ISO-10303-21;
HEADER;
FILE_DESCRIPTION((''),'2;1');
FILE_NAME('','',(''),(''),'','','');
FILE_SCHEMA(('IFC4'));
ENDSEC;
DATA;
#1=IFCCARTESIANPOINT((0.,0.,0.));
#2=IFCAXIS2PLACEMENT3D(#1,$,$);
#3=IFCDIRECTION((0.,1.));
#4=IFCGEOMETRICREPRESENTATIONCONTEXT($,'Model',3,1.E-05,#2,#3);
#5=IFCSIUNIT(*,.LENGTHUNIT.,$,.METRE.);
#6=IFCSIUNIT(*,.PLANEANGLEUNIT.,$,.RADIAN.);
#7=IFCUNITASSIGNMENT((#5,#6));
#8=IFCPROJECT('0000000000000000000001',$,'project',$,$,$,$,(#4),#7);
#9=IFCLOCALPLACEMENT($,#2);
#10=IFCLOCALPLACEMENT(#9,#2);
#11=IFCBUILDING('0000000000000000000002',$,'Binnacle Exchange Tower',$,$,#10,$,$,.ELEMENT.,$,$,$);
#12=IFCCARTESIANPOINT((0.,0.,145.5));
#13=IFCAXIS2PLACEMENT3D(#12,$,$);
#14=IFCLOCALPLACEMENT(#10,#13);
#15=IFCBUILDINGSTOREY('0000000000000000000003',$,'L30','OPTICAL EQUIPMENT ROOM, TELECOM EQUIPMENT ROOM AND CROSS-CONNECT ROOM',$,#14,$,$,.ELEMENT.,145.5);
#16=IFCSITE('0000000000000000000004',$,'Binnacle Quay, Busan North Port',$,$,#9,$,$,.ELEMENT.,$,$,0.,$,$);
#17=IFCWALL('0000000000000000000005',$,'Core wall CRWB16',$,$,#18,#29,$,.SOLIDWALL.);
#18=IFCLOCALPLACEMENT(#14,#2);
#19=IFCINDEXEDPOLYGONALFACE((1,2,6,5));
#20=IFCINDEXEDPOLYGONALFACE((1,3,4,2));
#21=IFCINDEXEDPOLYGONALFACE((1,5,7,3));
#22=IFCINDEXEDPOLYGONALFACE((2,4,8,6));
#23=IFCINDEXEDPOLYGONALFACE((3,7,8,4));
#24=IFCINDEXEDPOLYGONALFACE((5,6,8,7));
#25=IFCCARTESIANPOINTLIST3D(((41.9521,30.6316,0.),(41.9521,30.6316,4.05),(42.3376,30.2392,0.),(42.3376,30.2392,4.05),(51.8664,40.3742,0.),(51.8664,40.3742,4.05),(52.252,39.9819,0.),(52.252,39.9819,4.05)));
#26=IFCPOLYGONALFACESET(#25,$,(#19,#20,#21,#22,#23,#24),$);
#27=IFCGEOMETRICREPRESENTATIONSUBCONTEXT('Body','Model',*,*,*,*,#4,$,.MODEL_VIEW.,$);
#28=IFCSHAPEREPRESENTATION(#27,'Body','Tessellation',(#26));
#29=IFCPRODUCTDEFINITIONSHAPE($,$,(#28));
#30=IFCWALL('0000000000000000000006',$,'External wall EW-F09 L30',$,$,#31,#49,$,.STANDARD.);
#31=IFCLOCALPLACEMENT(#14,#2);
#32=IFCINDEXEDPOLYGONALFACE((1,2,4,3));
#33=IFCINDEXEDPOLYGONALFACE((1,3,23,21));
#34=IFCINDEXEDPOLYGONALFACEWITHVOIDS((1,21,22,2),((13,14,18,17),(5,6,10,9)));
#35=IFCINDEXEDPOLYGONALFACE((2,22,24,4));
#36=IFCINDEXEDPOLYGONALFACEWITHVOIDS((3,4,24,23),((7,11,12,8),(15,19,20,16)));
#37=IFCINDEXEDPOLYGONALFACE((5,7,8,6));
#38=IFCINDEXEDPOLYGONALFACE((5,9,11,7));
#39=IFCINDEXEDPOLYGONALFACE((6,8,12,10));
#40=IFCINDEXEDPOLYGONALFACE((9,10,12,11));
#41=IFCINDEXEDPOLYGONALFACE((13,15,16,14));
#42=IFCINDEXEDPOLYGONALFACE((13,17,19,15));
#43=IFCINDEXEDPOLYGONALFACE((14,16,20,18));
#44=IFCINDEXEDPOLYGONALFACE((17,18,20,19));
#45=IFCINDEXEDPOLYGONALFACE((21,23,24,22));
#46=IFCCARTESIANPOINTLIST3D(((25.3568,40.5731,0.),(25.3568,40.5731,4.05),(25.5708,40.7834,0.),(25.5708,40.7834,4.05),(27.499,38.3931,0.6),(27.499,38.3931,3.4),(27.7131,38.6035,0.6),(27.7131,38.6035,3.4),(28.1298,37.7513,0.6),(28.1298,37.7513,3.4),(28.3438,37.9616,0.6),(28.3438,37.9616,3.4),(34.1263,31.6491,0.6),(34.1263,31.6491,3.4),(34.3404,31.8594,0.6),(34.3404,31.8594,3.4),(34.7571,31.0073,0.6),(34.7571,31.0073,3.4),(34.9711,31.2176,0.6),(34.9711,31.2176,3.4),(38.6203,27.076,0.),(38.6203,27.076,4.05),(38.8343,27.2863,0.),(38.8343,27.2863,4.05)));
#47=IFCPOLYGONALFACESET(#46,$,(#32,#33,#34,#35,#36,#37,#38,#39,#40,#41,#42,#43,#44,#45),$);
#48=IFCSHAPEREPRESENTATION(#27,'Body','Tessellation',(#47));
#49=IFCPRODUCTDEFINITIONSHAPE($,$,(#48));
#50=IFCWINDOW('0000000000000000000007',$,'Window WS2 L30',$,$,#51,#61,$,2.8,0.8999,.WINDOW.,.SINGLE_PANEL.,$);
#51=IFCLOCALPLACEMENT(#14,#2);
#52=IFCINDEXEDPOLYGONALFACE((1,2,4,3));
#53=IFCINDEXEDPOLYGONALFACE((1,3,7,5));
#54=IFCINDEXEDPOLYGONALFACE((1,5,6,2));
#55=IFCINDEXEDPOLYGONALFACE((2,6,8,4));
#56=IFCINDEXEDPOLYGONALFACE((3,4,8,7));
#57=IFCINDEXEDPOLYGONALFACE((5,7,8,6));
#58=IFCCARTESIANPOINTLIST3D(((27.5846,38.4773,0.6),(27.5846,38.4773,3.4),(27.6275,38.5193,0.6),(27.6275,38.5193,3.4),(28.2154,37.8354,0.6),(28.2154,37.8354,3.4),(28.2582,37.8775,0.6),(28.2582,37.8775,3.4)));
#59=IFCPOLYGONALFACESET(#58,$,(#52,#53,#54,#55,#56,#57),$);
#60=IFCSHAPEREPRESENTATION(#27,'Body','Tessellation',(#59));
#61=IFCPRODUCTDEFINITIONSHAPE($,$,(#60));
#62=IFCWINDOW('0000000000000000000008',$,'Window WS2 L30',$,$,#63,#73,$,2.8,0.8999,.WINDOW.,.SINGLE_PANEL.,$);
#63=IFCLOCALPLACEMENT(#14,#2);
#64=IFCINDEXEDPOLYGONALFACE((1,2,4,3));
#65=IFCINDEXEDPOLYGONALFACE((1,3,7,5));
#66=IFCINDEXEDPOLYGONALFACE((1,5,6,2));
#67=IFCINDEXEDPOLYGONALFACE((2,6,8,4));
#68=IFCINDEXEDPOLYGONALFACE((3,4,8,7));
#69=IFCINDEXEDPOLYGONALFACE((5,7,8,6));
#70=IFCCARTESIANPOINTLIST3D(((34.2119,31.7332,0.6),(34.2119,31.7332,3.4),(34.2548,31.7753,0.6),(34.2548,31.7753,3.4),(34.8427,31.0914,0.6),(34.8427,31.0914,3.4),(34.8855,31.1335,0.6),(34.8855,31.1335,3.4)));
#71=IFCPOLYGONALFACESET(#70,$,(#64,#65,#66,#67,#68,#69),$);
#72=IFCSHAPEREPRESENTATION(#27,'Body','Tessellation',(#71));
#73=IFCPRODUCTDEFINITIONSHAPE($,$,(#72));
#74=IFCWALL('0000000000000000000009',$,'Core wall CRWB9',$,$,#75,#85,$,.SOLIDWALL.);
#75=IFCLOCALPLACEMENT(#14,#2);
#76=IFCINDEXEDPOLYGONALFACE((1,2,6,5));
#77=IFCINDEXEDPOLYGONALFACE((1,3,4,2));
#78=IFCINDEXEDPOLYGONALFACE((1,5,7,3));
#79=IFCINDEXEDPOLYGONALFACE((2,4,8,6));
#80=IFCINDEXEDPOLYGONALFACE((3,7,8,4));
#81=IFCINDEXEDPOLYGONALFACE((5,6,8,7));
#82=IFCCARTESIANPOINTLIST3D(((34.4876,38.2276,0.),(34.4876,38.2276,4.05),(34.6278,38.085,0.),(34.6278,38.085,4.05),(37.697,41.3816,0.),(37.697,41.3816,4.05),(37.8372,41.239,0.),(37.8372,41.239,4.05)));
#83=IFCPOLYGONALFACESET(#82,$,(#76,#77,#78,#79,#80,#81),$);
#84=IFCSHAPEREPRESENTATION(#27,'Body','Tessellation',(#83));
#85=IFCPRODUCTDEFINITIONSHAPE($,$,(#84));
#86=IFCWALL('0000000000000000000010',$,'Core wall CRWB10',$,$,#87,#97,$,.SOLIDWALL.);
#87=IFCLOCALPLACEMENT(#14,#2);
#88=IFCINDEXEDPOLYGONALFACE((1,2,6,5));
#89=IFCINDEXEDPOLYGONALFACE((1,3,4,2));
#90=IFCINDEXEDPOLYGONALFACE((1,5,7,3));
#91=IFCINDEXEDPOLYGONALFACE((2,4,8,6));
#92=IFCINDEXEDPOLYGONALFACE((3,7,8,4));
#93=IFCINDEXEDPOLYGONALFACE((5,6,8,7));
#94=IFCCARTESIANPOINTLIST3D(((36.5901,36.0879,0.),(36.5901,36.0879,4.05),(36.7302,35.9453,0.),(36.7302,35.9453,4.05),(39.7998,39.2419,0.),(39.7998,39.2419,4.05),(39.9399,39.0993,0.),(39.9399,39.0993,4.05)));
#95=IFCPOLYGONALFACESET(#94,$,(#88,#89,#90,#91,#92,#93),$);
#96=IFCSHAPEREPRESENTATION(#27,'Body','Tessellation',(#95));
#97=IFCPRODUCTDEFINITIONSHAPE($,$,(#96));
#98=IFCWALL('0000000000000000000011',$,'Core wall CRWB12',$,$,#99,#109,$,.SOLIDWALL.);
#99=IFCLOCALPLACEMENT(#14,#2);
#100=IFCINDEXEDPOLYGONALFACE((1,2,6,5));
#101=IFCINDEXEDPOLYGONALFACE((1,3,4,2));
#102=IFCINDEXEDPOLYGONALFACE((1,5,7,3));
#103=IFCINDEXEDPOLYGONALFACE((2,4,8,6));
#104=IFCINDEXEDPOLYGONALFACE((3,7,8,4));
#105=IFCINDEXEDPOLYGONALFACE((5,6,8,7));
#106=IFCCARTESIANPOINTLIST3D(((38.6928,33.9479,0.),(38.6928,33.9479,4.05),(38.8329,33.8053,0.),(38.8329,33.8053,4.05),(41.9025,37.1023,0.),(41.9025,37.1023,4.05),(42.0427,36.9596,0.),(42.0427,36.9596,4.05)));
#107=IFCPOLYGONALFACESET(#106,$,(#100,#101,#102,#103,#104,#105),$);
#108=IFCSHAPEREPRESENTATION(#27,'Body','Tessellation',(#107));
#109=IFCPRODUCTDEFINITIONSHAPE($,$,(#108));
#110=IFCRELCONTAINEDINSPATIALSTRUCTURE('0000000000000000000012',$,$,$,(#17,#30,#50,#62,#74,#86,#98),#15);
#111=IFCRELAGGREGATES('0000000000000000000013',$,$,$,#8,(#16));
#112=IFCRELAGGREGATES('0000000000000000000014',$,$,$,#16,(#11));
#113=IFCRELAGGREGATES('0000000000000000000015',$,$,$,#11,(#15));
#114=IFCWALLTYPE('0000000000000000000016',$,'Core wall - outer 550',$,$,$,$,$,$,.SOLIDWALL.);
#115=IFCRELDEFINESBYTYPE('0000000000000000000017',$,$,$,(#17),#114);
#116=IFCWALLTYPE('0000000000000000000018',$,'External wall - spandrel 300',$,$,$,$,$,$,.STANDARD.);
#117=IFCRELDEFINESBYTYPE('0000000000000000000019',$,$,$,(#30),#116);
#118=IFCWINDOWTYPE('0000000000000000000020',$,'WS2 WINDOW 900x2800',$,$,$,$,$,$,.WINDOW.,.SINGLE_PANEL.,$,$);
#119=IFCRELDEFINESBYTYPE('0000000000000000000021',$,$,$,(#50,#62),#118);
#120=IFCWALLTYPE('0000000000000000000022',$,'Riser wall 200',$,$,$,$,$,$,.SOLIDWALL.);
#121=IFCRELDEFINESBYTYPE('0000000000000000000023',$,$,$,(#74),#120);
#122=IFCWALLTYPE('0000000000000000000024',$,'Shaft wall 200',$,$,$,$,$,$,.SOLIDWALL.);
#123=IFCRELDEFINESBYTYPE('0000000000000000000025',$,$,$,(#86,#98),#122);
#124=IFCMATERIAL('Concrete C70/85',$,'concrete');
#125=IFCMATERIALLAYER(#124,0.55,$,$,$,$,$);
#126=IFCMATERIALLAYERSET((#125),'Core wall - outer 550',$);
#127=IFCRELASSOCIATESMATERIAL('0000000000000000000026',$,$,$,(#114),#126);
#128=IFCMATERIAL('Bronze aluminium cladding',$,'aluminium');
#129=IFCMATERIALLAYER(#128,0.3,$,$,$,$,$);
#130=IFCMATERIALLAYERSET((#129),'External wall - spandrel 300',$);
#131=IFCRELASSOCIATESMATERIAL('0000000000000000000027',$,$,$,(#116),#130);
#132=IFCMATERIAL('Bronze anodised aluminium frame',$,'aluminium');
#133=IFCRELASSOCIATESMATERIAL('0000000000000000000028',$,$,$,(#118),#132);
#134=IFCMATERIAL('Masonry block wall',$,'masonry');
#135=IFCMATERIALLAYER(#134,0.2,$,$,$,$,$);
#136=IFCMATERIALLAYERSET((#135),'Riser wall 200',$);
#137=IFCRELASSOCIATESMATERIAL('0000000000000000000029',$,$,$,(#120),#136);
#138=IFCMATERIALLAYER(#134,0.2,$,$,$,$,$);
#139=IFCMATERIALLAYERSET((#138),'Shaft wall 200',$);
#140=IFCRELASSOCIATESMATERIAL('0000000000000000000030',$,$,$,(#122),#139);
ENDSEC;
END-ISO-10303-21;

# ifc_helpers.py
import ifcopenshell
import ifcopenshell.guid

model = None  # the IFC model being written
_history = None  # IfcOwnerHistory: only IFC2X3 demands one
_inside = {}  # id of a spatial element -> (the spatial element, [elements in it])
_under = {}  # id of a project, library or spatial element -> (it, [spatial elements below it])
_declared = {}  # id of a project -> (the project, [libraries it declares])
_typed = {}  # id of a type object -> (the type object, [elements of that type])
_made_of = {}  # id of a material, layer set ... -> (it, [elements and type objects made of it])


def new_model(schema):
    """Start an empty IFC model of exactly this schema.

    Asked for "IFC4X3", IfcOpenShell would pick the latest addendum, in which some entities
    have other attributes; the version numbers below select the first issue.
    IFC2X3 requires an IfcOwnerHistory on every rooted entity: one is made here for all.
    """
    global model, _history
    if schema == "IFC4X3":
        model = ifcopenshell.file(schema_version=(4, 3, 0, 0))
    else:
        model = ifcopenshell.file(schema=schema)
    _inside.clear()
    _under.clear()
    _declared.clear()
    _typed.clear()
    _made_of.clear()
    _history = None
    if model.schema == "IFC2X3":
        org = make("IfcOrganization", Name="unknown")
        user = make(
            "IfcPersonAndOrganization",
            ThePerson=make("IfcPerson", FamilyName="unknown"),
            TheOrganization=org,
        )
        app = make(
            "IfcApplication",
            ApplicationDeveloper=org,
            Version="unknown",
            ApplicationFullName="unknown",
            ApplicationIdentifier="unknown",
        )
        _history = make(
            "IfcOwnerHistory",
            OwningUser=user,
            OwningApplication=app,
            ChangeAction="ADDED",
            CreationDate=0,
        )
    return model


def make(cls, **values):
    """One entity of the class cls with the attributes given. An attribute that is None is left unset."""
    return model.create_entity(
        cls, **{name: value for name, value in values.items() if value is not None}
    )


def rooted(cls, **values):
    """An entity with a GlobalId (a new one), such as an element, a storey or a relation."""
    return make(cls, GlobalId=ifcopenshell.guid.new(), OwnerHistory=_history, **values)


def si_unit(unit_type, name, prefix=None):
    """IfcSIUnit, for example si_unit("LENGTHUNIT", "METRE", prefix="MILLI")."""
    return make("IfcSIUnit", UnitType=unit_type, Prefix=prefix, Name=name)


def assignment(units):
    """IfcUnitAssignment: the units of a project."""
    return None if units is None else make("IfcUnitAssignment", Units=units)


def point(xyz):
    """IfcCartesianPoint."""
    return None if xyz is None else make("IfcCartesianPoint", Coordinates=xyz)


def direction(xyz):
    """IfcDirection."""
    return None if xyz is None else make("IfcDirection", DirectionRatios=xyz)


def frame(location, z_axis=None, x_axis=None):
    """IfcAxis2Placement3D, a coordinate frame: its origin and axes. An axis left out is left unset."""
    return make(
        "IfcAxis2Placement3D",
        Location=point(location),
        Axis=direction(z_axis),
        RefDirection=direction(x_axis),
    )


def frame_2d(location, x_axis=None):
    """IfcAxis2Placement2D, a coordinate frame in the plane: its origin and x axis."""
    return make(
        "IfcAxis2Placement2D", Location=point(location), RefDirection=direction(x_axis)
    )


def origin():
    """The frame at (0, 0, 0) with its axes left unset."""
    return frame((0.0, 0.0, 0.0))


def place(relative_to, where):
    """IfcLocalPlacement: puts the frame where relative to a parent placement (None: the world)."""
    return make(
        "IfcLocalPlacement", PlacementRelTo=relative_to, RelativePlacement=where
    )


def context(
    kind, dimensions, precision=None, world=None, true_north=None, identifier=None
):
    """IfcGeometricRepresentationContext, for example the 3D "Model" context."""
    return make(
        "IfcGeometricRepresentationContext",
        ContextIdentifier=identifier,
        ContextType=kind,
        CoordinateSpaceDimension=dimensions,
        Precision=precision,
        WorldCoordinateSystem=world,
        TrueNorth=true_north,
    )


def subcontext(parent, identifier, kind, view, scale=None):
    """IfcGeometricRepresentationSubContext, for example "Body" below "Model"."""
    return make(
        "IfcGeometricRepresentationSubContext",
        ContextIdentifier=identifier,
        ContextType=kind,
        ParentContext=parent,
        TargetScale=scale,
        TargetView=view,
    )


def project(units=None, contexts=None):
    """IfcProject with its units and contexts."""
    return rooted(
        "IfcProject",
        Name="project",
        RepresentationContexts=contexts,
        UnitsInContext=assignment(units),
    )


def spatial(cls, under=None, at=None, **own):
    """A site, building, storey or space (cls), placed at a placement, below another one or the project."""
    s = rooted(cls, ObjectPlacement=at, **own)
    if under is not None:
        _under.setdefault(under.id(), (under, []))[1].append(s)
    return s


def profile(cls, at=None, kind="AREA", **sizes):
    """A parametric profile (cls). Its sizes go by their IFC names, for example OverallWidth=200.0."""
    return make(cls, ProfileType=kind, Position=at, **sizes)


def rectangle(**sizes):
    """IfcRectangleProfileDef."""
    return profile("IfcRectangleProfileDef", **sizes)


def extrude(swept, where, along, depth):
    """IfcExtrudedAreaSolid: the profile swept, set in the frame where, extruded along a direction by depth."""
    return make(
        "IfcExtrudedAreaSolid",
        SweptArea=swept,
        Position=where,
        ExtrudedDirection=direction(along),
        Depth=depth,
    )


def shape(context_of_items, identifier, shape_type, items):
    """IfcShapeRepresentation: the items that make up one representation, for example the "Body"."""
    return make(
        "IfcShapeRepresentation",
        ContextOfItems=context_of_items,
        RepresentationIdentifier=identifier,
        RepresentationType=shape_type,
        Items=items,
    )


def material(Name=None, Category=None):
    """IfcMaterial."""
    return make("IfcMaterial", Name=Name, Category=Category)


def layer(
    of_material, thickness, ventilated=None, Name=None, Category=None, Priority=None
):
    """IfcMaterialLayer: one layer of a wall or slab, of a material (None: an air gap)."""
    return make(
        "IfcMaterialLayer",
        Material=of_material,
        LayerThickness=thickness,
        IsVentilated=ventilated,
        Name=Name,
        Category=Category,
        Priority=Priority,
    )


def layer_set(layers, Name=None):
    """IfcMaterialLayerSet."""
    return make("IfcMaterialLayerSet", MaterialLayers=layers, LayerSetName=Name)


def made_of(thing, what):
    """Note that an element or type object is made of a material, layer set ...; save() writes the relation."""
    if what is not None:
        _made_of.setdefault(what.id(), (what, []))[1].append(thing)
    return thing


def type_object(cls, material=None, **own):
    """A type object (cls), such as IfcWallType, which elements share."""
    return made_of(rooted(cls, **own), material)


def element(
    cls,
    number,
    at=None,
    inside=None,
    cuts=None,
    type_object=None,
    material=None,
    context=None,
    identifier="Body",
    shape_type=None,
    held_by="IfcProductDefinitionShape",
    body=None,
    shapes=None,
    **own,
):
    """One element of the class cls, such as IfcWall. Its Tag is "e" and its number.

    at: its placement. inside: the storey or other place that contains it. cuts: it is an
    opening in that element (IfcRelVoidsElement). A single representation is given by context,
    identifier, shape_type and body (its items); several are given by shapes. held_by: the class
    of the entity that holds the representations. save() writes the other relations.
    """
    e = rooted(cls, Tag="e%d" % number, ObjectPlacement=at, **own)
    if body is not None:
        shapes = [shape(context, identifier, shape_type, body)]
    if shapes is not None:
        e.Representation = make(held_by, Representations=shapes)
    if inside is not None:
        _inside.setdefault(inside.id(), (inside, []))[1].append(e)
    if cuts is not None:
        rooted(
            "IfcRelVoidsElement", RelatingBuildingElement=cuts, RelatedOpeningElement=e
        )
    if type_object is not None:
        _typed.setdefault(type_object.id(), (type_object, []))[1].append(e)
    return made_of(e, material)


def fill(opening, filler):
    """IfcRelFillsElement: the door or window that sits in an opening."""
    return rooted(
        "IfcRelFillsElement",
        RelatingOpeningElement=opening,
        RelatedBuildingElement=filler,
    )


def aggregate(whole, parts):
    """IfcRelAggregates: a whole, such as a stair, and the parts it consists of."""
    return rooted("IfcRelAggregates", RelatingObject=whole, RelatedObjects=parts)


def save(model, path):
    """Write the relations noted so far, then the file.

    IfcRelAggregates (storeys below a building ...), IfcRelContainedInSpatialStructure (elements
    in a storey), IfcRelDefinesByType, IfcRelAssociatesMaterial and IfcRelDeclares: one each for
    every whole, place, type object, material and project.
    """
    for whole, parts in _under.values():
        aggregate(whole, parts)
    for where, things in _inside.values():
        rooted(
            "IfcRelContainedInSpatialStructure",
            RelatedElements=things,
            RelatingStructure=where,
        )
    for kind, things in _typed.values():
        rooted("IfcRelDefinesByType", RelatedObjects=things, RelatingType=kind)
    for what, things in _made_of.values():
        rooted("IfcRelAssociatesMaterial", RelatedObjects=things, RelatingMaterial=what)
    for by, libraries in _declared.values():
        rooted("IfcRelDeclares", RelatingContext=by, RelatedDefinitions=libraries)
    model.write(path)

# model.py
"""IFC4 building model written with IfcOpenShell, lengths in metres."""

from ifc_helpers import new_model, si_unit, direction, frame, frame_2d, origin, place, context, subcontext, project, spatial, rectangle, extrude, material, layer, layer_set, type_object, element, fill, save


model = new_model("IFC4")

# Units and contexts
model_context = context("Model", 3, precision=1e-05, world=origin(), true_north=direction((0.0, 1.0)))
body_context = subcontext(model_context, "Body", "Model", "MODEL_VIEW")
ifc_project = project(units=[si_unit("LENGTHUNIT", "METRE"), si_unit("PLANEANGLEUNIT", "RADIAN")], contexts=[model_context])

# Site, building, storey
site_placement = place(None, origin())
site = spatial("IfcSite", under=ifc_project, at=site_placement, Name="Binnacle Quay, Busan North Port", CompositionType="ELEMENT", RefElevation=0.0)
building_placement = place(site_placement, origin())
building = spatial("IfcBuilding", under=site, at=building_placement, Name="Binnacle Exchange Tower", CompositionType="ELEMENT")
storey_placement = place(building_placement, frame((0.0, 0.0, 145.5)))
storey = spatial("IfcBuildingStorey", under=building, at=storey_placement, Name="L30", Description="OPTICAL EQUIPMENT ROOM, TELECOM EQUIPMENT ROOM AND CROSS-CONNECT ROOM", CompositionType="ELEMENT", Elevation=145.5)

# Shared definitions
ifc_material_1 = material(Name="Concrete C70/85", Category="concrete")

# Shared definitions
ifc_layer_1 = layer(ifc_material_1, 0.55)
ifc_layer_set_1 = layer_set([ifc_layer_1], Name="Core wall - outer 550")
wall_type_1 = type_object("IfcWallType", Name="Core wall - outer 550", PredefinedType="SOLIDWALL", material=ifc_layer_set_1)

# Wall
for number, where, z_axis, x_axis, name in (
    (1, (42.1448, 30.4353, 0.0), (0.0, 0.0, 1.0), (0.713254, 0.700906, 0.0), "Core wall CRWB16"),
):
    element("IfcWall", number, at=place(storey_placement, frame(where, z_axis=z_axis, x_axis=x_axis)), inside=storey, type_object=wall_type_1, Name=name, PredefinedType="SOLIDWALL", context=body_context, shape_type="SweptSolid", body=[
        extrude(rectangle(XDim=13.9001, YDim=0.55, at=frame_2d((6.9502, 0.0))), origin(), (0.0, 0.0, 1.0), 4.05),
    ])

# Wall, openings, windows
ifc_material_2 = material(Name="Bronze aluminium cladding", Category="aluminium")
ifc_layer_2 = layer(ifc_material_2, 0.3)
ifc_layer_set_2 = layer_set([ifc_layer_2], Name="External wall - spandrel 300")
wall_type_2 = type_object("IfcWallType", Name="External wall - spandrel 300", PredefinedType="STANDARD", material=ifc_layer_set_2)
wall_1_placement = place(storey_placement, frame((38.7273, 27.1812, 0.0), z_axis=(0.0, 0.0, 1.0), x_axis=(-0.700906, 0.713253, 0.0)))
wall_1 = element("IfcWall", 2, at=wall_1_placement, inside=storey, type_object=wall_type_2, Name="External wall EW-F09 L30", PredefinedType="STANDARD", context=body_context, shape_type="SweptSolid", body=[
    extrude(rectangle(XDim=18.9233, YDim=0.3, at=frame_2d((9.4617, 0.0))), origin(), (0.0, 0.0, 1.0), 4.05),
])
opening_1_placement = place(wall_1_placement, frame((14.967, 0.0, 0.6001)))
opening_1 = element("IfcOpeningElement", 3, at=opening_1_placement, cuts=wall_1, PredefinedType="OPENING", context=body_context, shape_type="SweptSolid", body=[
    extrude(rectangle(XDim=0.8999, YDim=2.8, at=frame_2d((0.45, 1.3999))), frame((0.0, 0.1599, 0.0), z_axis=(0.0, -1.0, 0.0), x_axis=(1.0, 0.0, 0.0)), (0.0, 0.0, 1.0), 0.3201),
])
opening_2_placement = place(wall_1_placement, frame((5.5117, 0.0, 0.6001)))
opening_2 = element("IfcOpeningElement", 4, at=opening_2_placement, cuts=wall_1, PredefinedType="OPENING", context=body_context, shape_type="SweptSolid", body=[
    extrude(rectangle(XDim=0.8999, YDim=2.8, at=frame_2d((0.45, 1.3999))), frame((0.0, 0.1599, 0.0), z_axis=(0.0, -1.0, 0.0), x_axis=(1.0, 0.0, 0.0)), (0.0, 0.0, 1.0), 0.3201),
])
ifc_material_3 = material(Name="Bronze anodised aluminium frame", Category="aluminium")
window_type = type_object("IfcWindowType", Name="WS2 WINDOW 900x2800", PartitioningType="SINGLE_PANEL", PredefinedType="WINDOW", material=ifc_material_3)
window_1_placement = place(opening_1_placement, origin())
window_1 = element("IfcWindow", 5, at=window_1_placement, inside=storey, type_object=window_type, Name="Window WS2 L30", OverallHeight=2.8, OverallWidth=0.8999, PartitioningType="SINGLE_PANEL", PredefinedType="WINDOW", context=body_context, shape_type="SweptSolid", body=[
    extrude(rectangle(XDim=0.8999, YDim=2.8, at=frame_2d((0.45, 1.3999))), frame((0.0, 0.03, 0.0), z_axis=(0.0, -1.0, 0.0), x_axis=(1.0, 0.0, 0.0)), (0.0, 0.0, 1.0), 0.0601),
])
fill(opening_1, window_1)
window_2_placement = place(opening_2_placement, origin())
window_2 = element("IfcWindow", 6, at=window_2_placement, inside=storey, type_object=window_type, Name="Window WS2 L30", OverallHeight=2.8, OverallWidth=0.8999, PartitioningType="SINGLE_PANEL", PredefinedType="WINDOW", context=body_context, shape_type="SweptSolid", body=[
    extrude(rectangle(XDim=0.8999, YDim=2.8, at=frame_2d((0.45, 1.3999))), frame((0.0, 0.03, 0.0), z_axis=(0.0, -1.0, 0.0), x_axis=(1.0, 0.0, 0.0)), (0.0, 0.0, 1.0), 0.0601),
])
fill(opening_2, window_2)

# Walls
ifc_material_4 = material(Name="Masonry block wall", Category="masonry")
ifc_layer_3 = layer(ifc_material_4, 0.2)
ifc_layer_set_3 = layer_set([ifc_layer_3], Name="Riser wall 200")
wall_type_3 = type_object("IfcWallType", Name="Riser wall 200", PredefinedType="SOLIDWALL", material=ifc_layer_set_3)
wall_2_placement = place(storey_placement, frame((34.5576, 38.1562, 0.0), z_axis=(0.0, 0.0, 1.0), x_axis=(0.713238, 0.700922, 0.0)))
element("IfcWall", 7, at=wall_2_placement, inside=storey, type_object=wall_type_3, Name="Core wall CRWB9", PredefinedType="SOLIDWALL", context=body_context, shape_type="SweptSolid", body=[
    extrude(rectangle(XDim=4.4998, YDim=0.2, at=frame_2d((2.25, 0.0))), origin(), (0.0, 0.0, 1.0), 4.05),
])
ifc_layer_4 = layer(ifc_material_4, 0.2)
ifc_layer_set_4 = layer_set([ifc_layer_4], Name="Shaft wall 200")
wall_type_4 = type_object("IfcWallType", Name="Shaft wall 200", PredefinedType="SOLIDWALL", material=ifc_layer_set_4)
wall_3_placement = place(storey_placement, frame((36.6602, 36.0166, 0.0), z_axis=(0.0, 0.0, 1.0), x_axis=(0.713265, 0.700895, 0.0)))
element("IfcWall", 8, at=wall_3_placement, inside=storey, type_object=wall_type_4, Name="Core wall CRWB10", PredefinedType="SOLIDWALL", context=body_context, shape_type="SweptSolid", body=[
    extrude(rectangle(XDim=4.5, YDim=0.2, at=frame_2d((2.25, 0.0))), origin(), (0.0, 0.0, 1.0), 4.05),
])
wall_4_placement = place(storey_placement, frame((38.7629, 33.8767, 0.0), z_axis=(0.0, 0.0, 1.0), x_axis=(0.713237, 0.700922, 0.0)))
element("IfcWall", 9, at=wall_4_placement, inside=storey, type_object=wall_type_4, Name="Core wall CRWB12", PredefinedType="SOLIDWALL", context=body_context, shape_type="SweptSolid", body=[
    extrude(rectangle(XDim=4.5002, YDim=0.2, at=frame_2d((2.25, 0.0))), origin(), (0.0, 0.0, 1.0), 4.05),
])

save(model, "model.ifc")
